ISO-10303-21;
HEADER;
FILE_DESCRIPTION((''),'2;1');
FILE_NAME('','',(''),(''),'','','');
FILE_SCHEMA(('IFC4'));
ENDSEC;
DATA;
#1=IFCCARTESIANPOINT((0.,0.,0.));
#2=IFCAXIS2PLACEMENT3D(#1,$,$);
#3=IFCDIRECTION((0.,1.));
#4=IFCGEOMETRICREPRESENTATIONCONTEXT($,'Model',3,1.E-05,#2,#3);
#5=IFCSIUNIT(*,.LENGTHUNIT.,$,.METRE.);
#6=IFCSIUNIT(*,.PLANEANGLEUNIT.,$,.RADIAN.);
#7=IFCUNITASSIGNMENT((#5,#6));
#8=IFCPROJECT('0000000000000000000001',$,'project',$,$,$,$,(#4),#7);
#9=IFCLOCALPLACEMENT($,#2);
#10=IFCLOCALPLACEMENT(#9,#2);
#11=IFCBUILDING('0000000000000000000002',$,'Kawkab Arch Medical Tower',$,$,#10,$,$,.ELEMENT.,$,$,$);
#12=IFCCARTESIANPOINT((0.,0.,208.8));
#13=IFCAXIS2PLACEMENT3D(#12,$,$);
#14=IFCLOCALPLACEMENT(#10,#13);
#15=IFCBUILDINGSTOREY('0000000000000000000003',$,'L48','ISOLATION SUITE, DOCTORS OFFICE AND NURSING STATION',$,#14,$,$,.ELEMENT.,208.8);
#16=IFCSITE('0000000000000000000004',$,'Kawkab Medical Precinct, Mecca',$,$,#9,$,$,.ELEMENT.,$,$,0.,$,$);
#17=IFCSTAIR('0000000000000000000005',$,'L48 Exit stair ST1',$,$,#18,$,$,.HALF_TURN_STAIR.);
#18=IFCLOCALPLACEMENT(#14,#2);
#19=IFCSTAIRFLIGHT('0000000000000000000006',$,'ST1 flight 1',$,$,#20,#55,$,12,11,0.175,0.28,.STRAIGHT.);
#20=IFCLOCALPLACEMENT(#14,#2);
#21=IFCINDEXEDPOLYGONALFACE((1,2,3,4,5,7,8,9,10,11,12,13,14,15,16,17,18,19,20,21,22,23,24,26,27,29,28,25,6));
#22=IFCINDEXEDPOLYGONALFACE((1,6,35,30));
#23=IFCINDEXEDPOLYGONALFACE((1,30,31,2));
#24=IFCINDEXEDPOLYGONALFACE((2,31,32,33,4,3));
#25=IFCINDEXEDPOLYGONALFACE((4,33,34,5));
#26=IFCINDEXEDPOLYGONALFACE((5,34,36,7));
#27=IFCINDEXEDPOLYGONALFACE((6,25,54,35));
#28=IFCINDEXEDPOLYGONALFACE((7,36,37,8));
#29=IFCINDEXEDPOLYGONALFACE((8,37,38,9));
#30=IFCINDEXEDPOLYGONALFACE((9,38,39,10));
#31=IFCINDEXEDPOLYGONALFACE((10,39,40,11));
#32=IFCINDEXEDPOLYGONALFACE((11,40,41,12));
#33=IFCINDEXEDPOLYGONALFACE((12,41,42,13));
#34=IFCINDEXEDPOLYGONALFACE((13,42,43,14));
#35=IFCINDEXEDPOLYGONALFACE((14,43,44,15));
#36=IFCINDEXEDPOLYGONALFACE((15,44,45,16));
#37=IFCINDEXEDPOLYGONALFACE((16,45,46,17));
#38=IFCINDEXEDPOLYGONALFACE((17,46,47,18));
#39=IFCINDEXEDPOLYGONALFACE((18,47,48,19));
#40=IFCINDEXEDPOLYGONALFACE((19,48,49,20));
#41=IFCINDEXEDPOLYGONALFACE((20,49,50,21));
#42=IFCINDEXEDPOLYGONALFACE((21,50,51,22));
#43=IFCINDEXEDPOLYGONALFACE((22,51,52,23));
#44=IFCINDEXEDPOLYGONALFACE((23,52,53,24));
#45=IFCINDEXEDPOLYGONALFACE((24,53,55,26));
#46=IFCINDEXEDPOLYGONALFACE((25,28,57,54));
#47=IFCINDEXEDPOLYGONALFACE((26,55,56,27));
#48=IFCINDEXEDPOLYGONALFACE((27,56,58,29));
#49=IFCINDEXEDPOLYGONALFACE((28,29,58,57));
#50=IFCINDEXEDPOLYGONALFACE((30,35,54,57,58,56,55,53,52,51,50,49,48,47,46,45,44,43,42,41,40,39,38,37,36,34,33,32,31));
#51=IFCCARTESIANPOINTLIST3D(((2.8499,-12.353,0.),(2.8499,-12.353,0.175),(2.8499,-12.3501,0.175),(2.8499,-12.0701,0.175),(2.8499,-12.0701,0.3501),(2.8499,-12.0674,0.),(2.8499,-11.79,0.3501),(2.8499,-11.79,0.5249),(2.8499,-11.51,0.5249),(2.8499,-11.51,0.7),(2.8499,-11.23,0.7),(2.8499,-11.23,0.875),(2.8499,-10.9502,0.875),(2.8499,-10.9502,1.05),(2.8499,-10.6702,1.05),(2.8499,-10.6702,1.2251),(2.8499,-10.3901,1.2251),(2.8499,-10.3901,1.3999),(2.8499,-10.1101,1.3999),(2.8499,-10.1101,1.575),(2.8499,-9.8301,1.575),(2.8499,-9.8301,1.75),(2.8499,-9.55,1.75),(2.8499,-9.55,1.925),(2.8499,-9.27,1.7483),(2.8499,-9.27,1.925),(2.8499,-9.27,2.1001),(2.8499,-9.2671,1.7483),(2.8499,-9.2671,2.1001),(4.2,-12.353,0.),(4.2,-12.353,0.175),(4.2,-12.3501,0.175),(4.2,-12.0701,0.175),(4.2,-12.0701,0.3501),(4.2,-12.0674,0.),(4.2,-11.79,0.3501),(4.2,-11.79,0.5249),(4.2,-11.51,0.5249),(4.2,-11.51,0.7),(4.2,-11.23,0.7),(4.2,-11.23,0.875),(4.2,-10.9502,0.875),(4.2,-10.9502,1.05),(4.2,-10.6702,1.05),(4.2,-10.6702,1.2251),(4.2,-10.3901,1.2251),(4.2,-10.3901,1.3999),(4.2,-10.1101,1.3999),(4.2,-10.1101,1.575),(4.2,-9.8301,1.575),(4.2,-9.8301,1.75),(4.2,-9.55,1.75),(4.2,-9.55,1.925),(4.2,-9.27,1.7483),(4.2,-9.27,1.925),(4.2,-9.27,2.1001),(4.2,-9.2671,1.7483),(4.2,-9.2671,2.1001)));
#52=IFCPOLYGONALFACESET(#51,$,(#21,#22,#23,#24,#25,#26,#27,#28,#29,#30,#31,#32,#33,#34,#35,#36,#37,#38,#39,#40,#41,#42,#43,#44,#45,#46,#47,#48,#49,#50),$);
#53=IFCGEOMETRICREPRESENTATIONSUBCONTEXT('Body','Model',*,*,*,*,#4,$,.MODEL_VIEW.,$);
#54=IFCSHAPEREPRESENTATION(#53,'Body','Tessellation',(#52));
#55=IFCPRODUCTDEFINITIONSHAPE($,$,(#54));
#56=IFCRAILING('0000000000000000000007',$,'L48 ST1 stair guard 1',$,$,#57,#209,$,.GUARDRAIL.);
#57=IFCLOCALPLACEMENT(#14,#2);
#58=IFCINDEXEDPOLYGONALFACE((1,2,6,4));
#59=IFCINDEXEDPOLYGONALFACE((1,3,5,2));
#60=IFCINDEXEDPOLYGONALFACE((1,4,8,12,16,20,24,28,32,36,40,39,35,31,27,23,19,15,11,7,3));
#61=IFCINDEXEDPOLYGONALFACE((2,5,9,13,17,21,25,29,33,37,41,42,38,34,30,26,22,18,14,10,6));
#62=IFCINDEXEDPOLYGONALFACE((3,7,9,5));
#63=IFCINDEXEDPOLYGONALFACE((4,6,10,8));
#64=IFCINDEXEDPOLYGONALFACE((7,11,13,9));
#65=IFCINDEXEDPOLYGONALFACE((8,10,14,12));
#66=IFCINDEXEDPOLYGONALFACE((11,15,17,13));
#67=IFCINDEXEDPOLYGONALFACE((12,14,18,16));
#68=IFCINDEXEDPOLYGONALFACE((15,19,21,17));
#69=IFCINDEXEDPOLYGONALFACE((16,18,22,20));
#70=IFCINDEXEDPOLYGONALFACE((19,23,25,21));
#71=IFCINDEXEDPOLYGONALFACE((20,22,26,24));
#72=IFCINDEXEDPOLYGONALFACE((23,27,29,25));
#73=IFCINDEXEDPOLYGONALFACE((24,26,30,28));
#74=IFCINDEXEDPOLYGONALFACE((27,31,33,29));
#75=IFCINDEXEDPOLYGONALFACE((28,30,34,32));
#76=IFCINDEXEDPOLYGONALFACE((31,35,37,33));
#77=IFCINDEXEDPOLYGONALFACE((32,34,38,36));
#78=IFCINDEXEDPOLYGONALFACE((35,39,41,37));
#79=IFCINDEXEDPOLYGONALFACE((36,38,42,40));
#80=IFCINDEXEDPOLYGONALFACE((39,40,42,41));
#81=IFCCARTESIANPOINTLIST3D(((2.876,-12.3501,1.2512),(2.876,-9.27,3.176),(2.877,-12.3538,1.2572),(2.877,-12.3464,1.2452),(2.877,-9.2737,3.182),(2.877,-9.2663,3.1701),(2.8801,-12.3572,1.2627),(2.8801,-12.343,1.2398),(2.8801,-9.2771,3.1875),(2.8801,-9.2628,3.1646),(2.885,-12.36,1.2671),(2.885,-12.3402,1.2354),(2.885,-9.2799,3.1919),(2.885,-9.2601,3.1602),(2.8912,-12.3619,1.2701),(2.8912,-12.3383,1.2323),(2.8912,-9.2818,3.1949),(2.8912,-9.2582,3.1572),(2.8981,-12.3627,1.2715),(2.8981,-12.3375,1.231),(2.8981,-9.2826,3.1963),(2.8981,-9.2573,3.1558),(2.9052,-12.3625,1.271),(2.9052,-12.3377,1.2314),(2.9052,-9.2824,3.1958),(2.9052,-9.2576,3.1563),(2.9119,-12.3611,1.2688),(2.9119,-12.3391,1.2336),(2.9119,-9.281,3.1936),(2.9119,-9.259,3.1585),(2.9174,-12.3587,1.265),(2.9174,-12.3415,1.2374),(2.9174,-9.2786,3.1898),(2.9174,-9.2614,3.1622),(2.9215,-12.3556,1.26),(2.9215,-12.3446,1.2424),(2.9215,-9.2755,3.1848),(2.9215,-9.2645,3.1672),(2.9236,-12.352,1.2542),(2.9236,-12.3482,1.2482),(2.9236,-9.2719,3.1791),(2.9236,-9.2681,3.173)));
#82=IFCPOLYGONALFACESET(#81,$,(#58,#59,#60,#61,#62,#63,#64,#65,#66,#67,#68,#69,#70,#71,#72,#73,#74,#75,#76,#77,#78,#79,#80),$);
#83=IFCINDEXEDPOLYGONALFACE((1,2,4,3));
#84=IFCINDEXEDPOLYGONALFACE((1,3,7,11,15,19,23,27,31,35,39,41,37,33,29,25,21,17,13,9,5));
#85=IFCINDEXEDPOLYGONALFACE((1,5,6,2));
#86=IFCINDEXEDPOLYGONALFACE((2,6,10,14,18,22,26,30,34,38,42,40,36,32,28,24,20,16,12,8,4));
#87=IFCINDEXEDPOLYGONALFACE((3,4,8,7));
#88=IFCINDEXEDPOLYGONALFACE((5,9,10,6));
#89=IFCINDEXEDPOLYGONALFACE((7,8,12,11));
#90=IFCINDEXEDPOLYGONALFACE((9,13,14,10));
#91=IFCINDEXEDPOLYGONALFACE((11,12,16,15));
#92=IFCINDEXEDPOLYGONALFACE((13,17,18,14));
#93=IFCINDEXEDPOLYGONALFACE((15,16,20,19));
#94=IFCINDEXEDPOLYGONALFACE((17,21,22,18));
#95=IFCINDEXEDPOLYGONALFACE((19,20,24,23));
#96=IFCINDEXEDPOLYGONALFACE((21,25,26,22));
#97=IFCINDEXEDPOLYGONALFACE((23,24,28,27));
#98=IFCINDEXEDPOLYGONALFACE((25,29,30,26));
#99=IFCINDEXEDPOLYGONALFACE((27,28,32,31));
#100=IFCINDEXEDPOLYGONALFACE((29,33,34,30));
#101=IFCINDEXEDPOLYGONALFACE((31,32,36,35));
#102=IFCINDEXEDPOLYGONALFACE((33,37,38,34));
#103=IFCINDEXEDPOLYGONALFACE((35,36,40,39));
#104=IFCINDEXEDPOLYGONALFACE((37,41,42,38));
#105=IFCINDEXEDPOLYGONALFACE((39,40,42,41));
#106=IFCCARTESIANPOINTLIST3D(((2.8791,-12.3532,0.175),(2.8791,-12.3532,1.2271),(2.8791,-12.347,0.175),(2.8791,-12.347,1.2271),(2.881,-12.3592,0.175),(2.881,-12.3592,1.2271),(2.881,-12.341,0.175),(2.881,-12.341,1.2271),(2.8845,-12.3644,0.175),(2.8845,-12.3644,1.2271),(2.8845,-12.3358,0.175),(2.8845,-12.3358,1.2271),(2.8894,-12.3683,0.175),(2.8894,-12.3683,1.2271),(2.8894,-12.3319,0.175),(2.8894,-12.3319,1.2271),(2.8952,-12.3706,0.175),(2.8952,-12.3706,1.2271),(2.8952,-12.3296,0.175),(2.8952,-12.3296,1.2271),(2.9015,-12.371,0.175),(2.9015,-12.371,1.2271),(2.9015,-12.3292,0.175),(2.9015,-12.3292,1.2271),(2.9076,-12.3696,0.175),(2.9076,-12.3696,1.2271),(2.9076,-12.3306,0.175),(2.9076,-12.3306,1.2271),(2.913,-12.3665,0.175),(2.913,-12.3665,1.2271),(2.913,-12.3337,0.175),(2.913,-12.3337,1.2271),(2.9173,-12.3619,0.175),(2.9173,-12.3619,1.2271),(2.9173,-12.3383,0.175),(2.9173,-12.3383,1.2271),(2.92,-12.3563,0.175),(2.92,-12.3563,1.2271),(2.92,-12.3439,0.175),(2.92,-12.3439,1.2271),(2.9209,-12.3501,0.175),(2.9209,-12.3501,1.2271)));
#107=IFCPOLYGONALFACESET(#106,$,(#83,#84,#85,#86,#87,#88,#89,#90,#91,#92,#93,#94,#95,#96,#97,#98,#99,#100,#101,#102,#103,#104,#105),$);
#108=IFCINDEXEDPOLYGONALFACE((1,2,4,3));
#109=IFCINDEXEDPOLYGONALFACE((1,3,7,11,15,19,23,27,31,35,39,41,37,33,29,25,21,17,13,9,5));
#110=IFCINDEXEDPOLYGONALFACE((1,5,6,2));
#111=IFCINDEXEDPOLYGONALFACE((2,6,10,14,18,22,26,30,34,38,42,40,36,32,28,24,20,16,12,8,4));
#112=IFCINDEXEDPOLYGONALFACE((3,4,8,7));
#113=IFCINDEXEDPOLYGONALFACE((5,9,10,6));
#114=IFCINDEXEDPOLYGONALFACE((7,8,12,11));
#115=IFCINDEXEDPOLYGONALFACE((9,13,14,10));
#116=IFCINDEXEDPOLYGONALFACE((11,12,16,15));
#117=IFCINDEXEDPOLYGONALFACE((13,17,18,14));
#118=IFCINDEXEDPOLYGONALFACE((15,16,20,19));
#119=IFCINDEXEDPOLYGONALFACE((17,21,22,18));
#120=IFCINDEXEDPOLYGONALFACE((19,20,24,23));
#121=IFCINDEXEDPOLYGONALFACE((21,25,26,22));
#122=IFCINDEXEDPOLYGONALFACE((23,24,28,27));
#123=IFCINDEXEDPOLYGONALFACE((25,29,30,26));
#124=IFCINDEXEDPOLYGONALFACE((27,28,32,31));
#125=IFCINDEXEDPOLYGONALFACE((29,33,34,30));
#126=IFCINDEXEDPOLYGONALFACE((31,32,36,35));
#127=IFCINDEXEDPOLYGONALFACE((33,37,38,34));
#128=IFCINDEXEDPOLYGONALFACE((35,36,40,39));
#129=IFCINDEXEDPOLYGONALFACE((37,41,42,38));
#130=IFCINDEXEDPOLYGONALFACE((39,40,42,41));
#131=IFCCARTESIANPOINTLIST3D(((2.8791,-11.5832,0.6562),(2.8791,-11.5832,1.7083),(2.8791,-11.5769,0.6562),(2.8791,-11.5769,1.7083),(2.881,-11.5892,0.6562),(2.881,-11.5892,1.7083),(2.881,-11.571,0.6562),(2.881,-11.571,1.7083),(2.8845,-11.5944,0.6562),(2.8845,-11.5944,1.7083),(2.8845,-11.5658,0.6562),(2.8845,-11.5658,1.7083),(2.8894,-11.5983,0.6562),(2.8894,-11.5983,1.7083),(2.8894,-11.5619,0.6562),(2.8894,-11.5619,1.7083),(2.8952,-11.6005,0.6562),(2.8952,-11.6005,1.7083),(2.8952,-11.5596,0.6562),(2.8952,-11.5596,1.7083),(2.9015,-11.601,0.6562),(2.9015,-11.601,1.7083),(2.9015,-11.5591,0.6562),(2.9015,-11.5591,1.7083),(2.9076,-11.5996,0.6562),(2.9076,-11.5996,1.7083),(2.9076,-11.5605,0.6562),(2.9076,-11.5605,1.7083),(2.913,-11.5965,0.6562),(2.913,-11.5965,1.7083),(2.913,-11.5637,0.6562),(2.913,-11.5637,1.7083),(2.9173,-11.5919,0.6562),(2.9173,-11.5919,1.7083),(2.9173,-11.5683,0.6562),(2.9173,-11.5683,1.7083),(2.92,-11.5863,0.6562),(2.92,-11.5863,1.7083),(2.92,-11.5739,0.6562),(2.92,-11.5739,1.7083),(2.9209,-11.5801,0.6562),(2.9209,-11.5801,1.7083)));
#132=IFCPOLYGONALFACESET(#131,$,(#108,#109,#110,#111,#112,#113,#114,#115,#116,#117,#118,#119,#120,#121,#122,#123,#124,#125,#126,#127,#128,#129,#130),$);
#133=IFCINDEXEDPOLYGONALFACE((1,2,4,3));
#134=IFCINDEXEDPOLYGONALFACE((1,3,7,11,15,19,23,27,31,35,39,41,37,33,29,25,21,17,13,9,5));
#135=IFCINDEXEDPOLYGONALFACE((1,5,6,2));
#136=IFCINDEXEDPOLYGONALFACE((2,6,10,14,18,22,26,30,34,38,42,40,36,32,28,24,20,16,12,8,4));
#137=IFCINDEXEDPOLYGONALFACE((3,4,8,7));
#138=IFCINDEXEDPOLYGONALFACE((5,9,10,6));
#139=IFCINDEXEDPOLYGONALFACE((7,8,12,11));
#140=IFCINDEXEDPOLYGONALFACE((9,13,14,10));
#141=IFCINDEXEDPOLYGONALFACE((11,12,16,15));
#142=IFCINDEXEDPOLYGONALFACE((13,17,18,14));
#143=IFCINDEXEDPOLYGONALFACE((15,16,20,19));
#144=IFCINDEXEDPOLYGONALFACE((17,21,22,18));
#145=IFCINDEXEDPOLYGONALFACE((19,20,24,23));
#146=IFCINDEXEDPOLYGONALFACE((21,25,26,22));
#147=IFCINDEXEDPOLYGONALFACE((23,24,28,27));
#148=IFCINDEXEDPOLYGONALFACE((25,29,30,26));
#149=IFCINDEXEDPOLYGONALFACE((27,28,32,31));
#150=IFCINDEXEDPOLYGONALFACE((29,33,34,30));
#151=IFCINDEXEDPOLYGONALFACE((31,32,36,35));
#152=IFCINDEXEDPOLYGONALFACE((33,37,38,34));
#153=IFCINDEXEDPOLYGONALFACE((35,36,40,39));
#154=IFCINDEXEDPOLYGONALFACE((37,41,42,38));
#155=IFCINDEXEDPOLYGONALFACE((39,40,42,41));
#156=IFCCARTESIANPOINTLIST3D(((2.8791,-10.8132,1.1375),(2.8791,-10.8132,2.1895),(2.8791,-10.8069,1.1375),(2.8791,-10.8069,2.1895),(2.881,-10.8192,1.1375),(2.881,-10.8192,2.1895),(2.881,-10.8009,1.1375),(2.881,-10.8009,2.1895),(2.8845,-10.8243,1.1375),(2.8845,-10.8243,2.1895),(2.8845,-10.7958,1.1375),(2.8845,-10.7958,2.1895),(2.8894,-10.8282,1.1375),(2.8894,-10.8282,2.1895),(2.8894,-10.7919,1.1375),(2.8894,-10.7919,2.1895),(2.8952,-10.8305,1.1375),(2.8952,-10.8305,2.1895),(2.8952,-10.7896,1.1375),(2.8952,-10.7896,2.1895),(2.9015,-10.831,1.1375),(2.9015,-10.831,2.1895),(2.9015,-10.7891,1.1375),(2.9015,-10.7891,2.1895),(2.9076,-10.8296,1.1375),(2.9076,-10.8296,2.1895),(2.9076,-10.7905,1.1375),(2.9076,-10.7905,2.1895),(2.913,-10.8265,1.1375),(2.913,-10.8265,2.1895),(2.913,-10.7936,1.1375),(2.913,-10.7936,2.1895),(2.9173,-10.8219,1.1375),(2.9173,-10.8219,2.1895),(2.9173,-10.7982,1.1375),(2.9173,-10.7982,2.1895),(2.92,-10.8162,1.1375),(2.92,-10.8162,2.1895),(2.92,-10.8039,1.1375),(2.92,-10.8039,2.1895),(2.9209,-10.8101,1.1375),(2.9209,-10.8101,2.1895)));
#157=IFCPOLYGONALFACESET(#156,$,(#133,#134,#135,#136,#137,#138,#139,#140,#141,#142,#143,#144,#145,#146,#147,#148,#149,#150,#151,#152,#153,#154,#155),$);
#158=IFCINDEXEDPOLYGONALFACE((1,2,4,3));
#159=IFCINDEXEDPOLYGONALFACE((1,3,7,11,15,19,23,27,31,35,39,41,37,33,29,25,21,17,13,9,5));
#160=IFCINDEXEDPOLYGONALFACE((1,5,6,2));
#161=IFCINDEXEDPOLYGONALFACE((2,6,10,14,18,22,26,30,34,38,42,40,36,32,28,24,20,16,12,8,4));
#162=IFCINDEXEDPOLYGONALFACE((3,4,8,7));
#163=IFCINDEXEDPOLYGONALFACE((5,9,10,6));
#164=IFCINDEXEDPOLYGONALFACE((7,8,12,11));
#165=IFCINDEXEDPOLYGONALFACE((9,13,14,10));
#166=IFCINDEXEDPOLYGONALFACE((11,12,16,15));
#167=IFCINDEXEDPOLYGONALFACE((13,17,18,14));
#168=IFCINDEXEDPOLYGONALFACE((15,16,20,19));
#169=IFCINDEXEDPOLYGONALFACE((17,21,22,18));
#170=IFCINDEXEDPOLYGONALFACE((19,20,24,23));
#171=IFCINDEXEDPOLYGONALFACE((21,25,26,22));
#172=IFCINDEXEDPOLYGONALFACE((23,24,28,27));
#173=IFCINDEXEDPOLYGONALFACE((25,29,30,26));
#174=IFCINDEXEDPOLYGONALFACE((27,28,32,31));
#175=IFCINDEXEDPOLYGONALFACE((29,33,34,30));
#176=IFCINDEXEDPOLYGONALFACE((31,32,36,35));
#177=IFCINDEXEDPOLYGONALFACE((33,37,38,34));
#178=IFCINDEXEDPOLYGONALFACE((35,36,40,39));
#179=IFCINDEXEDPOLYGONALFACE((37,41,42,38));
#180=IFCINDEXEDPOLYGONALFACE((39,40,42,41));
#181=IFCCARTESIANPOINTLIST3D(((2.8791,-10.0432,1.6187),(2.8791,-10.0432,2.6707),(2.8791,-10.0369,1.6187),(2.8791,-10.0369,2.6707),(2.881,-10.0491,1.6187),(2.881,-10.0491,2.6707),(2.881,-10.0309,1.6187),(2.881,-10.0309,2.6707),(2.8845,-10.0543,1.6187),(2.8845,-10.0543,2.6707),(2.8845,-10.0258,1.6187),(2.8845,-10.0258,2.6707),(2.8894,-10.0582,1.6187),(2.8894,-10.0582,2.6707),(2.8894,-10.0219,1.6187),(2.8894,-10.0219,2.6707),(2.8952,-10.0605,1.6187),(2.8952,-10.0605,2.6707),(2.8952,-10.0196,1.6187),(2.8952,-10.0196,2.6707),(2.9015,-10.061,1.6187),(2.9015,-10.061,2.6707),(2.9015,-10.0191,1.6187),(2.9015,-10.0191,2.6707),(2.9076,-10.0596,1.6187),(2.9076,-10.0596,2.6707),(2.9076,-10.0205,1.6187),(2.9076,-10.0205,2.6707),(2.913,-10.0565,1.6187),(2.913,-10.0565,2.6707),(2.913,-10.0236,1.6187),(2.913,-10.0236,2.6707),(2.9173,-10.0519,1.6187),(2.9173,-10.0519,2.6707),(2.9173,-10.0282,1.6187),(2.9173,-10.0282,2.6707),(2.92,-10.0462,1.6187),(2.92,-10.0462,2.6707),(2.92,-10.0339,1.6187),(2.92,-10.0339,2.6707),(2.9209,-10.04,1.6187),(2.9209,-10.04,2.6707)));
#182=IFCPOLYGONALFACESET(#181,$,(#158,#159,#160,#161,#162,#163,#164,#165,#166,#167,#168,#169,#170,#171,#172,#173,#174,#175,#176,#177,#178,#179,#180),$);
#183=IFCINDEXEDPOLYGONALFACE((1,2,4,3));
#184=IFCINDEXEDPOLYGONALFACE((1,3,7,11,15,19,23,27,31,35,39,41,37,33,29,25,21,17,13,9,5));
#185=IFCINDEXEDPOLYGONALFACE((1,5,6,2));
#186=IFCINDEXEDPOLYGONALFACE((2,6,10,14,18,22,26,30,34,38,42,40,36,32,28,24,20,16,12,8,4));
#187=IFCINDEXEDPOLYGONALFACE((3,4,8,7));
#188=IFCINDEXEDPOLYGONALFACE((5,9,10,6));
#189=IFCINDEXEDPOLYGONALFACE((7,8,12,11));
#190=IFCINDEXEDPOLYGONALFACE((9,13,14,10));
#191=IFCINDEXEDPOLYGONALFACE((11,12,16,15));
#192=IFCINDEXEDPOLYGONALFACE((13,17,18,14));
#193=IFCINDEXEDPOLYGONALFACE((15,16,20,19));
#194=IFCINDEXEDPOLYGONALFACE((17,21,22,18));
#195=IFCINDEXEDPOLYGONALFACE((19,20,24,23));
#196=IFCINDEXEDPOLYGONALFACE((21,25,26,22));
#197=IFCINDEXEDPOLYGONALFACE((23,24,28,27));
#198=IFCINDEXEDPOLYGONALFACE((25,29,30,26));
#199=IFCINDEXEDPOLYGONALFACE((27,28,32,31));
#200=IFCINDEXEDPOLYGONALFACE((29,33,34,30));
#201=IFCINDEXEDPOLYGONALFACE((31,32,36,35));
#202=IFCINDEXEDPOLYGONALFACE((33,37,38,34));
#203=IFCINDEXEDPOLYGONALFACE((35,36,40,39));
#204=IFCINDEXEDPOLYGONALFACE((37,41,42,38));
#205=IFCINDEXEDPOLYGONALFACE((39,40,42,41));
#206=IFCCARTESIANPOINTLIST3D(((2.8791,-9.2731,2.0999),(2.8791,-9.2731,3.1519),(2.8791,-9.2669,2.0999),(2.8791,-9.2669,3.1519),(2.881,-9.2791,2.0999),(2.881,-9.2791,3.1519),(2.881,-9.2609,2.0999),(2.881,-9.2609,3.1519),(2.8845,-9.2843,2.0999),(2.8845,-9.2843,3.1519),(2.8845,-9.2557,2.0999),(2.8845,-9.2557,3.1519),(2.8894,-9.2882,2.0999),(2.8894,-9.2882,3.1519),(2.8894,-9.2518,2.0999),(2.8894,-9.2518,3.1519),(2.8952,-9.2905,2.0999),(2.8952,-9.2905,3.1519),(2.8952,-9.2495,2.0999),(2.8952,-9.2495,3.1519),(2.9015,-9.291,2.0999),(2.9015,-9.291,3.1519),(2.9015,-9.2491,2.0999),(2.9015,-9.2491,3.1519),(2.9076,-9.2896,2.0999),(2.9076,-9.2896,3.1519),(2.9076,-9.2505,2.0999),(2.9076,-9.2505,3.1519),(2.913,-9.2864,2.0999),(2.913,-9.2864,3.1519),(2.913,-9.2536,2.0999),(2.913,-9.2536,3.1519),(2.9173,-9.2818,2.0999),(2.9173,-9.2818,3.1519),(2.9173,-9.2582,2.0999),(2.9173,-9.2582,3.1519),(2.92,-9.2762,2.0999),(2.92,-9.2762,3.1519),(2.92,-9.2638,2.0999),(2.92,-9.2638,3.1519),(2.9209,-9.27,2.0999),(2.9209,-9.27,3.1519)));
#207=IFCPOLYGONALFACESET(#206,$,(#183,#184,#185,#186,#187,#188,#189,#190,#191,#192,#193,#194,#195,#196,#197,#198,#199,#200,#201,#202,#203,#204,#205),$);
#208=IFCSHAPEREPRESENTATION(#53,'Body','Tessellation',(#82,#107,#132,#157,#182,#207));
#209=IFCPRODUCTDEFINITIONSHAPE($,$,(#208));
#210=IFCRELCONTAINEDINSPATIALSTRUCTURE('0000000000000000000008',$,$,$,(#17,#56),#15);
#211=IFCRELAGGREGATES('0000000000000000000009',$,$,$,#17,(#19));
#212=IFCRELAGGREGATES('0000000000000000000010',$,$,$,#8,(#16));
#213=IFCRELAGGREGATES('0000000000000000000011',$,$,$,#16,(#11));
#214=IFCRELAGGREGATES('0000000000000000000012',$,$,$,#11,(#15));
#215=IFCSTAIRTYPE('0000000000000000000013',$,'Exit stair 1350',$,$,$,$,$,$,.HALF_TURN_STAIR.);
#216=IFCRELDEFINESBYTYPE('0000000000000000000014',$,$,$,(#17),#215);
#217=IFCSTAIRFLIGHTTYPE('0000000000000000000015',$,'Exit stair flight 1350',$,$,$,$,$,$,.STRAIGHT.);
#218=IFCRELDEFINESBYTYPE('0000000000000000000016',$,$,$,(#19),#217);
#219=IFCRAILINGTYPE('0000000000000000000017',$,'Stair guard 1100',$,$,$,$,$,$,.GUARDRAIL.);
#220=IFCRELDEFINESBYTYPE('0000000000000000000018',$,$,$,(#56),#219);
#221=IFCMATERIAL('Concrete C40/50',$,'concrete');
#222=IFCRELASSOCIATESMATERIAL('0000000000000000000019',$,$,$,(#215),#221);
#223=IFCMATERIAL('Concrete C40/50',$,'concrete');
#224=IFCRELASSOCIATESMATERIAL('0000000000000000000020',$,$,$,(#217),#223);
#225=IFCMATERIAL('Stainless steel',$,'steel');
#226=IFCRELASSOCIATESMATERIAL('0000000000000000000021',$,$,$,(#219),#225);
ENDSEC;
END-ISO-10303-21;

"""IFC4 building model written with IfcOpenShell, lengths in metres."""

from ifc_helpers import new_model, si_unit, direction, frame, origin, origin_2d, place, context, subcontext, project, spatial, polyline, circle, outline, extrude, material, type_object, element, aggregate, save


model = new_model("IFC4")

# Units and contexts
model_context = context("Model", 3, precision=1e-05, world=origin(), true_north=direction((0.0, 1.0)))
body_context = subcontext(model_context, "Body", "Model", "MODEL_VIEW")
ifc_project = project(units=[si_unit("LENGTHUNIT", "METRE"), si_unit("PLANEANGLEUNIT", "RADIAN")], contexts=[model_context])

# Site, building, storey
site_placement = place(None, origin())
site = spatial("IfcSite", under=ifc_project, at=site_placement, Name="Kawkab Medical Precinct, Mecca", CompositionType="ELEMENT", RefElevation=0.0)
building_placement = place(site_placement, origin())
building = spatial("IfcBuilding", under=site, at=building_placement, Name="Kawkab Arch Medical Tower", CompositionType="ELEMENT")
storey_placement = place(building_placement, frame((0.0, 0.0, 208.8)))
storey = spatial("IfcBuildingStorey", under=building, at=storey_placement, Name="L48", Description="ISOLATION SUITE, DOCTORS OFFICE AND NURSING STATION", CompositionType="ELEMENT", Elevation=208.8)

# Stair, stair flight
ifc_material_1 = material(Name="Concrete C40/50", Category="concrete")
stair_type = type_object("IfcStairType", Name="Exit stair 1350", PredefinedType="HALF_TURN_STAIR", material=ifc_material_1)
stair_placement = place(storey_placement, origin())
stair = element("IfcStair", 1, at=stair_placement, inside=storey, type_object=stair_type, Name="L48 Exit stair ST1", PredefinedType="HALF_TURN_STAIR")
ifc_material_2 = material(Name="Concrete C40/50", Category="concrete")
stair_flight_type = type_object("IfcStairFlightType", Name="Exit stair flight 1350", PredefinedType="STRAIGHT", material=ifc_material_2)
stair_flight_placement = place(storey_placement, frame((3.5249, -12.3501, 0.0), z_axis=(0.0, 0.0, 1.0), x_axis=(0.0, 1.0, 0.0)))
stair_flight = element("IfcStairFlight", 2, at=stair_flight_placement, type_object=stair_flight_type, Name="ST1 flight 1", NumberOfRisers=12, NumberOfTreads=11, PredefinedType="STRAIGHT", RiserHeight=0.175, TreadLength=0.28, context=body_context, shape_type="SweptSolid", body=[
    extrude(outline(polyline([(-0.0029, 0.0), (-0.0029, 0.175), (0.0, 0.175), (0.28, 0.175), (0.28, 0.3501), (0.5601, 0.3501), (0.5601, 0.5249), (0.8401, 0.5249), (0.8401, 0.7), (1.1201, 0.7), (1.1201, 0.875), (1.3999, 0.875), (1.3999, 1.05), (1.6799, 1.05), (1.6799, 1.2251), (1.96, 1.2251), (1.96, 1.3999), (2.24, 1.3999), (2.24, 1.575), (2.52, 1.575), (2.52, 1.75), (2.8, 1.75), (2.8, 1.925), (3.0801, 1.925), (3.0801, 2.1001), (3.083, 2.1001), (3.083, 1.7483), (3.0801, 1.7483), (0.2827, 0.0), (-0.0029, 0.0)])), frame((0.0, 0.675, 0.0), z_axis=(0.0, -1.0, 0.0), x_axis=(1.0, 0.0, 0.0)), (0.0, 0.0, 1.0), 1.3501),
])
aggregate(stair, [stair_flight])

# Railing
ifc_material_3 = material(Name="Stainless steel", Category="steel")
railing_type = type_object("IfcRailingType", Name="Stair guard 1100", PredefinedType="GUARDRAIL", material=ifc_material_3)
railing_1_placement = place(storey_placement, frame((2.8999, -12.3501, 0.175)))
element("IfcRailing", 3, at=railing_1_placement, inside=storey, type_object=railing_type, Name="L48 ST1 stair guard 1", PredefinedType="GUARDRAIL", context=body_context, shape_type="SweptSolid", body=[
    extrude(circle(Radius=0.0239, at=origin_2d()), frame((0.0, 0.0, 1.0762), z_axis=(0.0, 0.848029, 0.529951), x_axis=(-1.0, 0.0, 0.0)), (0.0, 0.0, 1.0), 3.6321),
    extrude(circle(Radius=0.021, at=origin_2d()), origin(), (0.0, 0.0, 1.0), 1.052),
    extrude(circle(Radius=0.021, at=origin_2d()), frame((0.0, 0.77, 0.4812)), (0.0, 0.0, 1.0), 1.052),
    extrude(circle(Radius=0.021, at=origin_2d()), frame((0.0, 1.54, 0.9624)), (0.0, 0.0, 1.0), 1.052),
    extrude(circle(Radius=0.021, at=origin_2d()), frame((0.0, 2.3101, 1.4436)), (0.0, 0.0, 1.0), 1.052),
    extrude(circle(Radius=0.021, at=origin_2d()), frame((0.0, 3.0801, 1.9248)), (0.0, 0.0, 1.0), 1.052),
])

save(model, "model.ifc")
